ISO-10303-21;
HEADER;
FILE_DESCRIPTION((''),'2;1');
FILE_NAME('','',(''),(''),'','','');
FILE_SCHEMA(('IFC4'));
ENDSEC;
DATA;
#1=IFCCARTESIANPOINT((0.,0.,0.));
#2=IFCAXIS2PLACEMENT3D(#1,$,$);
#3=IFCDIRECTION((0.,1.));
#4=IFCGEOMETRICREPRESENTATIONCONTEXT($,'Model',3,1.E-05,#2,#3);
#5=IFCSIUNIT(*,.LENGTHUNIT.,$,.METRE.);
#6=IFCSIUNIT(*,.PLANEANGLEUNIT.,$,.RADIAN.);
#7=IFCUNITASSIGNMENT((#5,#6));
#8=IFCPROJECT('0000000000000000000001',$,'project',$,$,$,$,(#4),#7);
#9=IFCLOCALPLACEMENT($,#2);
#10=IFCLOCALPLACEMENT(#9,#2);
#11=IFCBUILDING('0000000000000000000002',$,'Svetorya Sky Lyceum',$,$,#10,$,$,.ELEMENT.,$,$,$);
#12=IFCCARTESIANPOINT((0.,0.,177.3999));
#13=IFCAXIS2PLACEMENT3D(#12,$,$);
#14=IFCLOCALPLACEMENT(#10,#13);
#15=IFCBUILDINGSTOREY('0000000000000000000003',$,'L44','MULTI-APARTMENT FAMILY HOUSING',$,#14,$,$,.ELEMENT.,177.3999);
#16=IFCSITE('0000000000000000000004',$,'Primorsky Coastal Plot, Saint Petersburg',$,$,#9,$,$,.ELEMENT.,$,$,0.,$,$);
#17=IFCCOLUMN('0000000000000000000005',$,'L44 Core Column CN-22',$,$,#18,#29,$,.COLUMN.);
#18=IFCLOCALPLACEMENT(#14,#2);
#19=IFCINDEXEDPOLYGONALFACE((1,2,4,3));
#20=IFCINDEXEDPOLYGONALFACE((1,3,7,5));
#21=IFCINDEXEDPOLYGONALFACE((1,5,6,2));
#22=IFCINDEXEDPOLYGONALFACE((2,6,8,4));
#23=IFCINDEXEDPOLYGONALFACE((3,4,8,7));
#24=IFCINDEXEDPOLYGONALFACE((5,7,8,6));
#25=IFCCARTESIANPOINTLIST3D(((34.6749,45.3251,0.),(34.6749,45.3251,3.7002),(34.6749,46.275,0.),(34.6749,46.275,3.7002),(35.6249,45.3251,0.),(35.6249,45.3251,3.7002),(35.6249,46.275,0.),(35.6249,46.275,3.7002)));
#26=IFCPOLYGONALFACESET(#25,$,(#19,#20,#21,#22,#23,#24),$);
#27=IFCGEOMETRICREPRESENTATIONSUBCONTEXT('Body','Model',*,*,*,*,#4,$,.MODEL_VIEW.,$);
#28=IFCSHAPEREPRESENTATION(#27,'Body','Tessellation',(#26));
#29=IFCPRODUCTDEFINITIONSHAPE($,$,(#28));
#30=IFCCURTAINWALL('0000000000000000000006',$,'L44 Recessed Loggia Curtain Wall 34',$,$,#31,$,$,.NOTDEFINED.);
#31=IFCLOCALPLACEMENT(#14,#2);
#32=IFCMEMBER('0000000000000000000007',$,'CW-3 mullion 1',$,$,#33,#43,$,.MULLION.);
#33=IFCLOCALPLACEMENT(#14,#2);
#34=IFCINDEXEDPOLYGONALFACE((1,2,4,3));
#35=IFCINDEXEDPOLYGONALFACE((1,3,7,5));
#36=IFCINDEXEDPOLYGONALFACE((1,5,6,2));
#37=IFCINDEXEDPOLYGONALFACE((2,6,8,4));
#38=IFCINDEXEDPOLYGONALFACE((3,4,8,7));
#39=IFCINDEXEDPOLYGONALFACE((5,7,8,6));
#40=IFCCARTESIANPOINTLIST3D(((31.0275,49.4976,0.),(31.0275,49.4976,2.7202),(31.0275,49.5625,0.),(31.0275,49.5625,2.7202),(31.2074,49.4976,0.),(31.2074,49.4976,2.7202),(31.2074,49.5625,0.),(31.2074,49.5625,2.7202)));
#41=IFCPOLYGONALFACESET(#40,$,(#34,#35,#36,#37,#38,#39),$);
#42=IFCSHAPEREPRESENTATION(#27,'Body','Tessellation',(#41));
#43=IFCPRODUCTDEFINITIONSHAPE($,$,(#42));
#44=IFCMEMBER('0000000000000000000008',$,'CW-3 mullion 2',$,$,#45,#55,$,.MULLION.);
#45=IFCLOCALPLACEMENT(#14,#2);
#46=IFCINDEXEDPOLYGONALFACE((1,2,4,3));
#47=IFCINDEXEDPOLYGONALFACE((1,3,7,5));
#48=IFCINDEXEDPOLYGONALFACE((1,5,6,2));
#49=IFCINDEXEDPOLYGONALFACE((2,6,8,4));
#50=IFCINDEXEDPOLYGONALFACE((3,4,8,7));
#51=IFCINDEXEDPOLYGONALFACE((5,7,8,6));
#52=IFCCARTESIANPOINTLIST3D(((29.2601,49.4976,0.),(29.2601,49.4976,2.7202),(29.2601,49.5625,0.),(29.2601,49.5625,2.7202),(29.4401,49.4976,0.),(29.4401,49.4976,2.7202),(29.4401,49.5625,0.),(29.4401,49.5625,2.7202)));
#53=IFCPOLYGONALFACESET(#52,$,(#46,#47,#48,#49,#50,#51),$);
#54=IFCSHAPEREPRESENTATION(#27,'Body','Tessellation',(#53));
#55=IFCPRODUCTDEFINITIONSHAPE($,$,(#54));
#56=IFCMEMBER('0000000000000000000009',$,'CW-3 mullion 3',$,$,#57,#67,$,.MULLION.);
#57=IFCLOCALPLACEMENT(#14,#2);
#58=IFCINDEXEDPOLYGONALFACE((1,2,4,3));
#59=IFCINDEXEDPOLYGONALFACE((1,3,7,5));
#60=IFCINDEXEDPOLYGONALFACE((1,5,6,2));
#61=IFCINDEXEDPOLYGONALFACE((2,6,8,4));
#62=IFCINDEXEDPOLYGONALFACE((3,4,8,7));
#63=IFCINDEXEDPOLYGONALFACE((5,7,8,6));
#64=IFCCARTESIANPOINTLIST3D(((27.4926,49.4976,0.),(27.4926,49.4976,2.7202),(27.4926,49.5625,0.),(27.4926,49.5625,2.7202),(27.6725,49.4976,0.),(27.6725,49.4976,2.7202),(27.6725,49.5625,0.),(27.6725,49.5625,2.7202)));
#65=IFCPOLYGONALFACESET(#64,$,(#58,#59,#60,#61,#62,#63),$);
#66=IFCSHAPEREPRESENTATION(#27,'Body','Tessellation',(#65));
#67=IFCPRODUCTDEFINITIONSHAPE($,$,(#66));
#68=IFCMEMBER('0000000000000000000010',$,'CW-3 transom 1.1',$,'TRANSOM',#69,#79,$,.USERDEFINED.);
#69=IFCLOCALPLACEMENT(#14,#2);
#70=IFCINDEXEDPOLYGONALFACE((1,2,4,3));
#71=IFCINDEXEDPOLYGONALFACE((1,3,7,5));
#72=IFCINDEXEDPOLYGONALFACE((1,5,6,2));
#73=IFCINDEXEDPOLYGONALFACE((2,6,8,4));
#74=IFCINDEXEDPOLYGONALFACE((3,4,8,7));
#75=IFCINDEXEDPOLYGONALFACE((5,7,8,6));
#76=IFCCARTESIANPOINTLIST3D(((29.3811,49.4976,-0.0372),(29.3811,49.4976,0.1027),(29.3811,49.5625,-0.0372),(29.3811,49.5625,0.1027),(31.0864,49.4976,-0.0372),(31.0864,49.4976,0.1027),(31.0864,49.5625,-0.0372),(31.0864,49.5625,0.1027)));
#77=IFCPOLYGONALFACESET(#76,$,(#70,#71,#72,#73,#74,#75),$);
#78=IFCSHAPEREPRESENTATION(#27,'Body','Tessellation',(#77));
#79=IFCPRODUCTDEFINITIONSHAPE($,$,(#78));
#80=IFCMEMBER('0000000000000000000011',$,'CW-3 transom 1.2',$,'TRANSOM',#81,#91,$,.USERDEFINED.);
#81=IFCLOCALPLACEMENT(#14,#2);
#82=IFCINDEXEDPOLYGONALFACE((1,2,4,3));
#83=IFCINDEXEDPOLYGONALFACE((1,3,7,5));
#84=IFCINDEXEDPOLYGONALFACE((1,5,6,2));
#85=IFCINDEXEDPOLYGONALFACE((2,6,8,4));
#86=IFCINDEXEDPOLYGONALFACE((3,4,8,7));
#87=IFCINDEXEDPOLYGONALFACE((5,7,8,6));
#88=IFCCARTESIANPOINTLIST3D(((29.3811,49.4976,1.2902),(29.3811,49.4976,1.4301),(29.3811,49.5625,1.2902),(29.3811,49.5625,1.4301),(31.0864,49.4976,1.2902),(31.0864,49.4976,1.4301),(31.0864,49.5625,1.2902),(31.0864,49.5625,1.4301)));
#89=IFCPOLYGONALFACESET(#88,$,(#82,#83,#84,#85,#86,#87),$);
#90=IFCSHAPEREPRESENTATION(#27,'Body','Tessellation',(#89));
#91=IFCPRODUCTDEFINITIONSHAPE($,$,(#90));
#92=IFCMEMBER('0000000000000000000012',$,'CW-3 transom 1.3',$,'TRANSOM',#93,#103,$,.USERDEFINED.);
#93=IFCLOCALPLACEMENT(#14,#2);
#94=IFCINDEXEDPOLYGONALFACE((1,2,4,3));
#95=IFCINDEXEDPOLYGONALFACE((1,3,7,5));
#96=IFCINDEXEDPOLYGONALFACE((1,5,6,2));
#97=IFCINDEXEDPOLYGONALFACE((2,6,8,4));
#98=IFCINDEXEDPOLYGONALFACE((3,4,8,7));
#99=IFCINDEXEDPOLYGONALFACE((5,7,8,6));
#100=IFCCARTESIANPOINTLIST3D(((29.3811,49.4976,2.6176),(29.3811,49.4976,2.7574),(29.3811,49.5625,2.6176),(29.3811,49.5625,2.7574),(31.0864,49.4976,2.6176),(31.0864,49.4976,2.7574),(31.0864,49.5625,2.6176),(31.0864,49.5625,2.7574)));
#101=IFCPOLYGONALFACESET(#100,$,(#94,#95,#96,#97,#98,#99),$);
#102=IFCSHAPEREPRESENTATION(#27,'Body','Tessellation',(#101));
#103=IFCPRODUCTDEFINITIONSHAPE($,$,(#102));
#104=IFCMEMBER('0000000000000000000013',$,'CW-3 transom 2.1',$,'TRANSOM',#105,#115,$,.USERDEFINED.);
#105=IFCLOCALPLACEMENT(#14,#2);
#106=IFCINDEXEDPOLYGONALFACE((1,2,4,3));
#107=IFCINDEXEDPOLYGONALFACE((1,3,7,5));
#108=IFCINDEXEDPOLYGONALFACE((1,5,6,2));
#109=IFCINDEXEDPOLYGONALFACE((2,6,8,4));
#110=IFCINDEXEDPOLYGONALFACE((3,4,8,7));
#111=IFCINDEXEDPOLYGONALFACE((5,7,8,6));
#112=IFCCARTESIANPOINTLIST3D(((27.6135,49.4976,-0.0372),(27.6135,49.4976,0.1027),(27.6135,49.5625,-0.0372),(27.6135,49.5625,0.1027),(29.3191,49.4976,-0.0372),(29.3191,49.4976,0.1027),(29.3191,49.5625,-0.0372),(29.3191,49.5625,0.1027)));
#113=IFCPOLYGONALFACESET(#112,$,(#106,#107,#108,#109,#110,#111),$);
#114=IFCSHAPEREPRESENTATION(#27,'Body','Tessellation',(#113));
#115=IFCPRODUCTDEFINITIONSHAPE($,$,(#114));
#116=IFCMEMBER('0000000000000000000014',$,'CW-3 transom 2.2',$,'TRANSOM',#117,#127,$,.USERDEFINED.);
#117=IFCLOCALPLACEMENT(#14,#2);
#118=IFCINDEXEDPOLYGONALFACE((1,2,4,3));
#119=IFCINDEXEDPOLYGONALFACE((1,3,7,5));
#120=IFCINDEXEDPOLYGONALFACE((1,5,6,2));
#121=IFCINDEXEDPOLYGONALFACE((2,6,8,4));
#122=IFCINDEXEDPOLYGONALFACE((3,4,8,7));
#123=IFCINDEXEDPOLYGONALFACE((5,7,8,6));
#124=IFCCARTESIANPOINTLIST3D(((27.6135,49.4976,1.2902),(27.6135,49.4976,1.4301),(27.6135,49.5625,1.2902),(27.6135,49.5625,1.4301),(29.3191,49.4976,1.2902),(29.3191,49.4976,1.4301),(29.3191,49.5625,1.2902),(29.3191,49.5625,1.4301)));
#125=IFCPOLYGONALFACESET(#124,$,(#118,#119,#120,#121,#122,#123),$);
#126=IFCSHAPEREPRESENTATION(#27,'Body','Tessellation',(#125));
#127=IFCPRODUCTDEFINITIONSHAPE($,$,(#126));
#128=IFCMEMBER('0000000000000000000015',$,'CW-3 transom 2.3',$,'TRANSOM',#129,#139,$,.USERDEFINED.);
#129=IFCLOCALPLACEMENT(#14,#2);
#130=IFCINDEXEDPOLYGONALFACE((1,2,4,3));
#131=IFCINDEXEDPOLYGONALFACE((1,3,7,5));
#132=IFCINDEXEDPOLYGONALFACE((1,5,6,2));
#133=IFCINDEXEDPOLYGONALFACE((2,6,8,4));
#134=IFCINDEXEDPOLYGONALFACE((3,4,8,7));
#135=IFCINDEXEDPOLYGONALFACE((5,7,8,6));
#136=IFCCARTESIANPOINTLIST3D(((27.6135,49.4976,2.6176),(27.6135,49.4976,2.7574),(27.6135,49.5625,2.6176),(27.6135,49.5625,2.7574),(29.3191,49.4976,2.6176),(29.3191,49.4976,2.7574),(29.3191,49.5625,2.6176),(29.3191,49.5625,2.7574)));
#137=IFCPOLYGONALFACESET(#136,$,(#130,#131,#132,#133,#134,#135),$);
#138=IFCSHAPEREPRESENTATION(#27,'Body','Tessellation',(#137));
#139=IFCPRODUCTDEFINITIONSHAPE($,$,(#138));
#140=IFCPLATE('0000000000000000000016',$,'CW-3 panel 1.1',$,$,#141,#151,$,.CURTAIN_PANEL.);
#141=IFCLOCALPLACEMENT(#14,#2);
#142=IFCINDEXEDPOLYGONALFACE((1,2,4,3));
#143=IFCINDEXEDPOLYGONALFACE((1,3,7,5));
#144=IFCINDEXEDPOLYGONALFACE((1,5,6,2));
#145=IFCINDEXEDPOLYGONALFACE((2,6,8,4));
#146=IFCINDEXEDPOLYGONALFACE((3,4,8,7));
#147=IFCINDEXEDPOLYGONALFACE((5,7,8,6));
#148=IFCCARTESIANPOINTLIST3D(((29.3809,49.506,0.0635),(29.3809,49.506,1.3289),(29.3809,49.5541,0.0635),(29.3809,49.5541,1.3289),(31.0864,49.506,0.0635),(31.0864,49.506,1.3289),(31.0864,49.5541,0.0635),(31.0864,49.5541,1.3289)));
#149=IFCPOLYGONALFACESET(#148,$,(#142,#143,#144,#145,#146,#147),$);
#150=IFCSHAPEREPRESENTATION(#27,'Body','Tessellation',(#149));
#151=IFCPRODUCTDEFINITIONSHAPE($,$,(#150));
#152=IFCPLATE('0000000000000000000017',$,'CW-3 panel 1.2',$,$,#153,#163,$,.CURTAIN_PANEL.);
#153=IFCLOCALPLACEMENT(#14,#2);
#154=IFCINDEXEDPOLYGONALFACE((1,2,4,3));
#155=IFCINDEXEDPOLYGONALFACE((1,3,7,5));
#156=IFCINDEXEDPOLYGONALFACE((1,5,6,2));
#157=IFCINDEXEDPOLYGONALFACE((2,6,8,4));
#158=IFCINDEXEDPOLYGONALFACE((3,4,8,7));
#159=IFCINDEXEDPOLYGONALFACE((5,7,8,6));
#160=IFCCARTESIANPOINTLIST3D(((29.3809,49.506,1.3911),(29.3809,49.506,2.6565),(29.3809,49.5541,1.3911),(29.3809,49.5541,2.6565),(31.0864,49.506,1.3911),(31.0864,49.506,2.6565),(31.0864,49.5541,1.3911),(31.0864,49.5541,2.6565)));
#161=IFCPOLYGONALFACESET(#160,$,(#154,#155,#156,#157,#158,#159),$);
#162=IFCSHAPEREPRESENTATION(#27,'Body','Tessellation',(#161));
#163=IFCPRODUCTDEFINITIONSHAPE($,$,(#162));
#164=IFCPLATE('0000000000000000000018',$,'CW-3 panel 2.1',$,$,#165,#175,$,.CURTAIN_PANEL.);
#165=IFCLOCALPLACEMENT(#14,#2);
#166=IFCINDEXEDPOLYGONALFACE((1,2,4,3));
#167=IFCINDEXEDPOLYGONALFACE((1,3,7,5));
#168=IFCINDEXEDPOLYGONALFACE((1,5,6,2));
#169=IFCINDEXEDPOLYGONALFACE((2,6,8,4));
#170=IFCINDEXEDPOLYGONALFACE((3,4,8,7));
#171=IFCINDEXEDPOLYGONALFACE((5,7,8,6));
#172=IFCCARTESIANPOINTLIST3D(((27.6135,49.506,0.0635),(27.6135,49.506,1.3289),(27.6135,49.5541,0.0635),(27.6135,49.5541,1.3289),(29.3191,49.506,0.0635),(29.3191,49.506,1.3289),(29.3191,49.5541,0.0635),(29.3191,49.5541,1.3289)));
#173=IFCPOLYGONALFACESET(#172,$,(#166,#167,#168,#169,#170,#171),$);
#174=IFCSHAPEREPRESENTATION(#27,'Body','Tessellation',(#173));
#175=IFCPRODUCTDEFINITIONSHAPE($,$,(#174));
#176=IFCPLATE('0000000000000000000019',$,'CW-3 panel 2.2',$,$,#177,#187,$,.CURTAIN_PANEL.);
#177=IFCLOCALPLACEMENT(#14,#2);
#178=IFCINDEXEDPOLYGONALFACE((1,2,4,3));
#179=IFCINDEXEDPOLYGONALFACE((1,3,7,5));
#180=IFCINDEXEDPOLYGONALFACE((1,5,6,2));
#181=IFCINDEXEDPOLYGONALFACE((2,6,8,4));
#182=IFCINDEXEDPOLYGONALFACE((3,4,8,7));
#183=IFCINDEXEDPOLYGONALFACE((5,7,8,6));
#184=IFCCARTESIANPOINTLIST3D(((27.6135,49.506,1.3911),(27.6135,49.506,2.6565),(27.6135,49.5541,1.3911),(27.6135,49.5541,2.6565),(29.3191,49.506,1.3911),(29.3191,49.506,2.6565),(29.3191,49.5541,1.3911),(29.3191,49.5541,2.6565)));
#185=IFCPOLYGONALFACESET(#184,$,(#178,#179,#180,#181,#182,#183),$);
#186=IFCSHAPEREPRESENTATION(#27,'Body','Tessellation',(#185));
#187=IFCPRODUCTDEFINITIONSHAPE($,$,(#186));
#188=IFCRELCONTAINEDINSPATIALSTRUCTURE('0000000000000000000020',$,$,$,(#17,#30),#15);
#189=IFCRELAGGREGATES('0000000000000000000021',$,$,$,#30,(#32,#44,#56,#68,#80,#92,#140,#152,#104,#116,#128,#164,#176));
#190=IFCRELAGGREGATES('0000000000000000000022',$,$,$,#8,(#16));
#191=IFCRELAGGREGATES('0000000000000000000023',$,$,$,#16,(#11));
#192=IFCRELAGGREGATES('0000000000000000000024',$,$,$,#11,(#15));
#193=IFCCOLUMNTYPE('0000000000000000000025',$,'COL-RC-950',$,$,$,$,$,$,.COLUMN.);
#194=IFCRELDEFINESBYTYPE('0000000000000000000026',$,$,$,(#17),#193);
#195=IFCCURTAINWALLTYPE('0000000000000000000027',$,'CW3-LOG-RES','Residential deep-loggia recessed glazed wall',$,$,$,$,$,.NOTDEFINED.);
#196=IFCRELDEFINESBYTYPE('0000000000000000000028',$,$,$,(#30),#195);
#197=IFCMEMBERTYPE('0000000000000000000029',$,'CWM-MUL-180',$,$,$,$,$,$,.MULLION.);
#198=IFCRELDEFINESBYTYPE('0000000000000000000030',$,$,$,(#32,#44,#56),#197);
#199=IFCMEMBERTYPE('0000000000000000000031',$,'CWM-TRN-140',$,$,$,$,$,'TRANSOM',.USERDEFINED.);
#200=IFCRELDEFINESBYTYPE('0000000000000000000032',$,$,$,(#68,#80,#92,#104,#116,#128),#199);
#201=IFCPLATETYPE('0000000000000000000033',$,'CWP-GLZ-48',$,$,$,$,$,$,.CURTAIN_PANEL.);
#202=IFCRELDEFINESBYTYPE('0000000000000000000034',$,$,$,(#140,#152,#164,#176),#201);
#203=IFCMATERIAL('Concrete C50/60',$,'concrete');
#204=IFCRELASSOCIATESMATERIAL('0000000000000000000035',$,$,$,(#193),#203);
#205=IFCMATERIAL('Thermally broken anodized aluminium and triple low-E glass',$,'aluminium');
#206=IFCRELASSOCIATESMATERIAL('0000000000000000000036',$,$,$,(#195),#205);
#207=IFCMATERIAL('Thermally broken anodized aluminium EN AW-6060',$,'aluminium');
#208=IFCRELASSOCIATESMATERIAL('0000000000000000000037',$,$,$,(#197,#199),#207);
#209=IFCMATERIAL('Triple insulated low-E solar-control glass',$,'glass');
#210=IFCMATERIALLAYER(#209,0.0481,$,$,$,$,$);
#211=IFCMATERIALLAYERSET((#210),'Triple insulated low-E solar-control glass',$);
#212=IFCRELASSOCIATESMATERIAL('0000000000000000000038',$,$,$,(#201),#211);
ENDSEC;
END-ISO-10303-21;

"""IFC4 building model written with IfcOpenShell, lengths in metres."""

from ifc_helpers import new_model, si_unit, direction, frame, origin, origin_2d, place, context, subcontext, project, spatial, rectangle, extrude, material, layer, layer_set, material_profile, profile_set, type_object, element, aggregate, save


model = new_model("IFC4")

# Units and contexts
model_context = context("Model", 3, precision=1e-05, world=origin(), true_north=direction((0.0, 1.0)))
body_context = subcontext(model_context, "Body", "Model", "MODEL_VIEW")
ifc_project = project(units=[si_unit("LENGTHUNIT", "METRE"), si_unit("PLANEANGLEUNIT", "RADIAN")], contexts=[model_context])

# Site, building, storey
site_placement = place(None, origin())
site = spatial("IfcSite", under=ifc_project, at=site_placement, Name="Primorsky Coastal Plot, Saint Petersburg", CompositionType="ELEMENT", RefElevation=0.0)
building_placement = place(site_placement, origin())
building = spatial("IfcBuilding", under=site, at=building_placement, Name="Svetorya Sky Lyceum", CompositionType="ELEMENT")
storey_placement = place(building_placement, frame((0.0, 0.0, 177.3999)))
storey = spatial("IfcBuildingStorey", under=building, at=storey_placement, Name="L44", Description="MULTI-APARTMENT FAMILY HOUSING", CompositionType="ELEMENT", Elevation=177.3999)

# Column
ifc_material_1 = material(Name="Concrete C50/60", Category="concrete")
ifc_material_profile_1 = material_profile(ifc_material_1, rectangle(XDim=0.95, YDim=0.95, at=origin_2d()), Name="RC COL 950x950")
ifc_profile_set_1 = profile_set([ifc_material_profile_1], Name="Concrete C50/60")
column_type = type_object("IfcColumnType", Name="COL-RC-950", PredefinedType="COLUMN", material=ifc_profile_set_1)
column_placement = place(storey_placement, frame((35.1499, 45.8, 0.0), z_axis=(0.0, 0.0, 1.0), x_axis=(1.0, 0.0, 0.0)))
element("IfcColumn", 1, at=column_placement, inside=storey, type_object=column_type, Name="L44 Core Column CN-22", PredefinedType="COLUMN", context=body_context, shape_type="SweptSolid", body=[
    extrude(rectangle(XDim=0.95, YDim=0.95, at=origin_2d()), origin(), (0.0, 0.0, 1.0), 3.7002),
])

# Curtain wall, members, plates
ifc_material_2 = material(Name="Thermally broken anodized aluminium and triple low-E glass", Category="aluminium")
curtain_wall_type = type_object("IfcCurtainWallType", Name="CW3-LOG-RES", Description="Residential deep-loggia recessed glazed wall", PredefinedType="NOTDEFINED", material=ifc_material_2)
curtain_wall_placement = place(storey_placement, origin())
curtain_wall = element("IfcCurtainWall", 2, at=curtain_wall_placement, inside=storey, type_object=curtain_wall_type, Name="L44 Recessed Loggia Curtain Wall 34", PredefinedType="NOTDEFINED")
ifc_material_3 = material(Name="Thermally broken anodized aluminium EN AW-6060", Category="aluminium")
ifc_material_profile_2 = material_profile(ifc_material_3, rectangle(XDim=0.0649, YDim=0.1799, at=origin_2d()), Name="ALU MULLION 65x180")
ifc_profile_set_2 = profile_set([ifc_material_profile_2], Name="Thermally broken anodized aluminium EN AW-6060")
member_type_1 = type_object("IfcMemberType", Name="CWM-MUL-180", PredefinedType="MULLION", material=ifc_profile_set_2)
member_1_placement = place(storey_placement, frame((31.1174, 49.53, 0.0), z_axis=(0.0, 0.0, 1.0), x_axis=(0.0, -1.0, 0.0)))
member_1 = element("IfcMember", 3, at=member_1_placement, type_object=member_type_1, Name="CW-3 mullion 1", PredefinedType="MULLION", context=body_context, shape_type="SweptSolid", body=[
    extrude(rectangle(XDim=0.0649, YDim=0.1799, at=origin_2d()), origin(), (0.0, 0.0, 1.0), 2.7202),
])
member_2_placement = place(storey_placement, frame((29.3501, 49.53, 0.0), z_axis=(0.0, 0.0, 1.0), x_axis=(0.0, -1.0, 0.0)))
member_2 = element("IfcMember", 4, at=member_2_placement, type_object=member_type_1, Name="CW-3 mullion 2", PredefinedType="MULLION", context=body_context, shape_type="SweptSolid", body=[
    extrude(rectangle(XDim=0.0649, YDim=0.1799, at=origin_2d()), origin(), (0.0, 0.0, 1.0), 2.7202),
])
member_3_placement = place(storey_placement, frame((27.5825, 49.53, 0.0), z_axis=(0.0, 0.0, 1.0), x_axis=(0.0, -1.0, 0.0)))
member_3 = element("IfcMember", 5, at=member_3_placement, type_object=member_type_1, Name="CW-3 mullion 3", PredefinedType="MULLION", context=body_context, shape_type="SweptSolid", body=[
    extrude(rectangle(XDim=0.0649, YDim=0.1799, at=origin_2d()), origin(), (0.0, 0.0, 1.0), 2.7202),
])
ifc_material_profile_3 = material_profile(ifc_material_3, rectangle(XDim=0.0649, YDim=0.1399, at=origin_2d()), Name="ALU TRANSOM 65x140")
ifc_profile_set_3 = profile_set([ifc_material_profile_3], Name="Thermally broken anodized aluminium EN AW-6060")
member_type_2 = type_object("IfcMemberType", Name="CWM-TRN-140", ElementType="TRANSOM", PredefinedType="USERDEFINED", material=ifc_profile_set_3)
member_4_placement = place(storey_placement, frame((31.0864, 49.53, 0.0327), z_axis=(-1.0, 0.0, 0.0), x_axis=(0.0, -1.0, 0.0)))
member_4 = element("IfcMember", 6, at=member_4_placement, type_object=member_type_2, Name="CW-3 transom 1.1", ObjectType="TRANSOM", PredefinedType="USERDEFINED", context=body_context, shape_type="SweptSolid", body=[
    extrude(rectangle(XDim=0.0649, YDim=0.1399, at=origin_2d()), origin(), (0.0, 0.0, 1.0), 1.7053),
])
member_5_placement = place(storey_placement, frame((31.0864, 49.53, 1.3601), z_axis=(-1.0, 0.0, 0.0), x_axis=(0.0, -1.0, 0.0)))
member_5 = element("IfcMember", 7, at=member_5_placement, type_object=member_type_2, Name="CW-3 transom 1.2", ObjectType="TRANSOM", PredefinedType="USERDEFINED", context=body_context, shape_type="SweptSolid", body=[
    extrude(rectangle(XDim=0.0649, YDim=0.1399, at=origin_2d()), origin(), (0.0, 0.0, 1.0), 1.7053),
])
member_6_placement = place(storey_placement, frame((31.0864, 49.53, 2.6875), z_axis=(-1.0, 0.0, 0.0), x_axis=(0.0, -1.0, 0.0)))
member_6 = element("IfcMember", 8, at=member_6_placement, type_object=member_type_2, Name="CW-3 transom 1.3", ObjectType="TRANSOM", PredefinedType="USERDEFINED", context=body_context, shape_type="SweptSolid", body=[
    extrude(rectangle(XDim=0.0649, YDim=0.1399, at=origin_2d()), origin(), (0.0, 0.0, 1.0), 1.7053),
])
member_7_placement = place(storey_placement, frame((29.3191, 49.53, 0.0327), z_axis=(-1.0, 0.0, 0.0), x_axis=(0.0, -1.0, 0.0)))
member_7 = element("IfcMember", 9, at=member_7_placement, type_object=member_type_2, Name="CW-3 transom 2.1", ObjectType="TRANSOM", PredefinedType="USERDEFINED", context=body_context, shape_type="SweptSolid", body=[
    extrude(rectangle(XDim=0.0649, YDim=0.1399, at=origin_2d()), origin(), (0.0, 0.0, 1.0), 1.7056),
])
member_8_placement = place(storey_placement, frame((29.3191, 49.53, 1.3601), z_axis=(-1.0, 0.0, 0.0), x_axis=(0.0, -1.0, 0.0)))
member_8 = element("IfcMember", 10, at=member_8_placement, type_object=member_type_2, Name="CW-3 transom 2.2", ObjectType="TRANSOM", PredefinedType="USERDEFINED", context=body_context, shape_type="SweptSolid", body=[
    extrude(rectangle(XDim=0.0649, YDim=0.1399, at=origin_2d()), origin(), (0.0, 0.0, 1.0), 1.7056),
])
member_9_placement = place(storey_placement, frame((29.3191, 49.53, 2.6875), z_axis=(-1.0, 0.0, 0.0), x_axis=(0.0, -1.0, 0.0)))
member_9 = element("IfcMember", 11, at=member_9_placement, type_object=member_type_2, Name="CW-3 transom 2.3", ObjectType="TRANSOM", PredefinedType="USERDEFINED", context=body_context, shape_type="SweptSolid", body=[
    extrude(rectangle(XDim=0.0649, YDim=0.1399, at=origin_2d()), origin(), (0.0, 0.0, 1.0), 1.7056),
])
ifc_material_4 = material(Name="Triple insulated low-E solar-control glass", Category="glass")
ifc_layer_1 = layer(ifc_material_4, 0.0481)
ifc_layer_set_1 = layer_set([ifc_layer_1], Name="Triple insulated low-E solar-control glass")
plate_type = type_object("IfcPlateType", Name="CWP-GLZ-48", PredefinedType="CURTAIN_PANEL", material=ifc_layer_set_1)
plate_1_placement = place(storey_placement, frame((30.2336, 49.53, 0.0635), z_axis=(0.0, 0.0, 1.0), x_axis=(-1.0, 0.0, 0.0)))
plate_1 = element("IfcPlate", 12, at=plate_1_placement, type_object=plate_type, Name="CW-3 panel 1.1", PredefinedType="CURTAIN_PANEL", context=body_context, shape_type="SweptSolid", body=[
    extrude(rectangle(XDim=1.7056, YDim=0.0481, at=origin_2d()), origin(), (0.0, 0.0, 1.0), 1.2654),
])
plate_2_placement = place(storey_placement, frame((30.2336, 49.53, 1.3911), z_axis=(0.0, 0.0, 1.0), x_axis=(-1.0, 0.0, 0.0)))
plate_2 = element("IfcPlate", 13, at=plate_2_placement, type_object=plate_type, Name="CW-3 panel 1.2", PredefinedType="CURTAIN_PANEL", context=body_context, shape_type="SweptSolid", body=[
    extrude(rectangle(XDim=1.7056, YDim=0.0481, at=origin_2d()), origin(), (0.0, 0.0, 1.0), 1.2654),
])
plate_3_placement = place(storey_placement, frame((28.4663, 49.53, 0.0635), z_axis=(0.0, 0.0, 1.0), x_axis=(-1.0, 0.0, 0.0)))
plate_3 = element("IfcPlate", 14, at=plate_3_placement, type_object=plate_type, Name="CW-3 panel 2.1", PredefinedType="CURTAIN_PANEL", context=body_context, shape_type="SweptSolid", body=[
    extrude(rectangle(XDim=1.7056, YDim=0.0481, at=origin_2d()), origin(), (0.0, 0.0, 1.0), 1.2654),
])
plate_4_placement = place(storey_placement, frame((28.4663, 49.53, 1.3911), z_axis=(0.0, 0.0, 1.0), x_axis=(-1.0, 0.0, 0.0)))
plate_4 = element("IfcPlate", 15, at=plate_4_placement, type_object=plate_type, Name="CW-3 panel 2.2", PredefinedType="CURTAIN_PANEL", context=body_context, shape_type="SweptSolid", body=[
    extrude(rectangle(XDim=1.7056, YDim=0.0481, at=origin_2d()), origin(), (0.0, 0.0, 1.0), 1.2654),
])
aggregate(curtain_wall, [member_1, member_2, member_3, member_4, member_5, member_6, plate_1, plate_2, member_7, member_8, member_9, plate_3, plate_4])

save(model, "model.ifc")
